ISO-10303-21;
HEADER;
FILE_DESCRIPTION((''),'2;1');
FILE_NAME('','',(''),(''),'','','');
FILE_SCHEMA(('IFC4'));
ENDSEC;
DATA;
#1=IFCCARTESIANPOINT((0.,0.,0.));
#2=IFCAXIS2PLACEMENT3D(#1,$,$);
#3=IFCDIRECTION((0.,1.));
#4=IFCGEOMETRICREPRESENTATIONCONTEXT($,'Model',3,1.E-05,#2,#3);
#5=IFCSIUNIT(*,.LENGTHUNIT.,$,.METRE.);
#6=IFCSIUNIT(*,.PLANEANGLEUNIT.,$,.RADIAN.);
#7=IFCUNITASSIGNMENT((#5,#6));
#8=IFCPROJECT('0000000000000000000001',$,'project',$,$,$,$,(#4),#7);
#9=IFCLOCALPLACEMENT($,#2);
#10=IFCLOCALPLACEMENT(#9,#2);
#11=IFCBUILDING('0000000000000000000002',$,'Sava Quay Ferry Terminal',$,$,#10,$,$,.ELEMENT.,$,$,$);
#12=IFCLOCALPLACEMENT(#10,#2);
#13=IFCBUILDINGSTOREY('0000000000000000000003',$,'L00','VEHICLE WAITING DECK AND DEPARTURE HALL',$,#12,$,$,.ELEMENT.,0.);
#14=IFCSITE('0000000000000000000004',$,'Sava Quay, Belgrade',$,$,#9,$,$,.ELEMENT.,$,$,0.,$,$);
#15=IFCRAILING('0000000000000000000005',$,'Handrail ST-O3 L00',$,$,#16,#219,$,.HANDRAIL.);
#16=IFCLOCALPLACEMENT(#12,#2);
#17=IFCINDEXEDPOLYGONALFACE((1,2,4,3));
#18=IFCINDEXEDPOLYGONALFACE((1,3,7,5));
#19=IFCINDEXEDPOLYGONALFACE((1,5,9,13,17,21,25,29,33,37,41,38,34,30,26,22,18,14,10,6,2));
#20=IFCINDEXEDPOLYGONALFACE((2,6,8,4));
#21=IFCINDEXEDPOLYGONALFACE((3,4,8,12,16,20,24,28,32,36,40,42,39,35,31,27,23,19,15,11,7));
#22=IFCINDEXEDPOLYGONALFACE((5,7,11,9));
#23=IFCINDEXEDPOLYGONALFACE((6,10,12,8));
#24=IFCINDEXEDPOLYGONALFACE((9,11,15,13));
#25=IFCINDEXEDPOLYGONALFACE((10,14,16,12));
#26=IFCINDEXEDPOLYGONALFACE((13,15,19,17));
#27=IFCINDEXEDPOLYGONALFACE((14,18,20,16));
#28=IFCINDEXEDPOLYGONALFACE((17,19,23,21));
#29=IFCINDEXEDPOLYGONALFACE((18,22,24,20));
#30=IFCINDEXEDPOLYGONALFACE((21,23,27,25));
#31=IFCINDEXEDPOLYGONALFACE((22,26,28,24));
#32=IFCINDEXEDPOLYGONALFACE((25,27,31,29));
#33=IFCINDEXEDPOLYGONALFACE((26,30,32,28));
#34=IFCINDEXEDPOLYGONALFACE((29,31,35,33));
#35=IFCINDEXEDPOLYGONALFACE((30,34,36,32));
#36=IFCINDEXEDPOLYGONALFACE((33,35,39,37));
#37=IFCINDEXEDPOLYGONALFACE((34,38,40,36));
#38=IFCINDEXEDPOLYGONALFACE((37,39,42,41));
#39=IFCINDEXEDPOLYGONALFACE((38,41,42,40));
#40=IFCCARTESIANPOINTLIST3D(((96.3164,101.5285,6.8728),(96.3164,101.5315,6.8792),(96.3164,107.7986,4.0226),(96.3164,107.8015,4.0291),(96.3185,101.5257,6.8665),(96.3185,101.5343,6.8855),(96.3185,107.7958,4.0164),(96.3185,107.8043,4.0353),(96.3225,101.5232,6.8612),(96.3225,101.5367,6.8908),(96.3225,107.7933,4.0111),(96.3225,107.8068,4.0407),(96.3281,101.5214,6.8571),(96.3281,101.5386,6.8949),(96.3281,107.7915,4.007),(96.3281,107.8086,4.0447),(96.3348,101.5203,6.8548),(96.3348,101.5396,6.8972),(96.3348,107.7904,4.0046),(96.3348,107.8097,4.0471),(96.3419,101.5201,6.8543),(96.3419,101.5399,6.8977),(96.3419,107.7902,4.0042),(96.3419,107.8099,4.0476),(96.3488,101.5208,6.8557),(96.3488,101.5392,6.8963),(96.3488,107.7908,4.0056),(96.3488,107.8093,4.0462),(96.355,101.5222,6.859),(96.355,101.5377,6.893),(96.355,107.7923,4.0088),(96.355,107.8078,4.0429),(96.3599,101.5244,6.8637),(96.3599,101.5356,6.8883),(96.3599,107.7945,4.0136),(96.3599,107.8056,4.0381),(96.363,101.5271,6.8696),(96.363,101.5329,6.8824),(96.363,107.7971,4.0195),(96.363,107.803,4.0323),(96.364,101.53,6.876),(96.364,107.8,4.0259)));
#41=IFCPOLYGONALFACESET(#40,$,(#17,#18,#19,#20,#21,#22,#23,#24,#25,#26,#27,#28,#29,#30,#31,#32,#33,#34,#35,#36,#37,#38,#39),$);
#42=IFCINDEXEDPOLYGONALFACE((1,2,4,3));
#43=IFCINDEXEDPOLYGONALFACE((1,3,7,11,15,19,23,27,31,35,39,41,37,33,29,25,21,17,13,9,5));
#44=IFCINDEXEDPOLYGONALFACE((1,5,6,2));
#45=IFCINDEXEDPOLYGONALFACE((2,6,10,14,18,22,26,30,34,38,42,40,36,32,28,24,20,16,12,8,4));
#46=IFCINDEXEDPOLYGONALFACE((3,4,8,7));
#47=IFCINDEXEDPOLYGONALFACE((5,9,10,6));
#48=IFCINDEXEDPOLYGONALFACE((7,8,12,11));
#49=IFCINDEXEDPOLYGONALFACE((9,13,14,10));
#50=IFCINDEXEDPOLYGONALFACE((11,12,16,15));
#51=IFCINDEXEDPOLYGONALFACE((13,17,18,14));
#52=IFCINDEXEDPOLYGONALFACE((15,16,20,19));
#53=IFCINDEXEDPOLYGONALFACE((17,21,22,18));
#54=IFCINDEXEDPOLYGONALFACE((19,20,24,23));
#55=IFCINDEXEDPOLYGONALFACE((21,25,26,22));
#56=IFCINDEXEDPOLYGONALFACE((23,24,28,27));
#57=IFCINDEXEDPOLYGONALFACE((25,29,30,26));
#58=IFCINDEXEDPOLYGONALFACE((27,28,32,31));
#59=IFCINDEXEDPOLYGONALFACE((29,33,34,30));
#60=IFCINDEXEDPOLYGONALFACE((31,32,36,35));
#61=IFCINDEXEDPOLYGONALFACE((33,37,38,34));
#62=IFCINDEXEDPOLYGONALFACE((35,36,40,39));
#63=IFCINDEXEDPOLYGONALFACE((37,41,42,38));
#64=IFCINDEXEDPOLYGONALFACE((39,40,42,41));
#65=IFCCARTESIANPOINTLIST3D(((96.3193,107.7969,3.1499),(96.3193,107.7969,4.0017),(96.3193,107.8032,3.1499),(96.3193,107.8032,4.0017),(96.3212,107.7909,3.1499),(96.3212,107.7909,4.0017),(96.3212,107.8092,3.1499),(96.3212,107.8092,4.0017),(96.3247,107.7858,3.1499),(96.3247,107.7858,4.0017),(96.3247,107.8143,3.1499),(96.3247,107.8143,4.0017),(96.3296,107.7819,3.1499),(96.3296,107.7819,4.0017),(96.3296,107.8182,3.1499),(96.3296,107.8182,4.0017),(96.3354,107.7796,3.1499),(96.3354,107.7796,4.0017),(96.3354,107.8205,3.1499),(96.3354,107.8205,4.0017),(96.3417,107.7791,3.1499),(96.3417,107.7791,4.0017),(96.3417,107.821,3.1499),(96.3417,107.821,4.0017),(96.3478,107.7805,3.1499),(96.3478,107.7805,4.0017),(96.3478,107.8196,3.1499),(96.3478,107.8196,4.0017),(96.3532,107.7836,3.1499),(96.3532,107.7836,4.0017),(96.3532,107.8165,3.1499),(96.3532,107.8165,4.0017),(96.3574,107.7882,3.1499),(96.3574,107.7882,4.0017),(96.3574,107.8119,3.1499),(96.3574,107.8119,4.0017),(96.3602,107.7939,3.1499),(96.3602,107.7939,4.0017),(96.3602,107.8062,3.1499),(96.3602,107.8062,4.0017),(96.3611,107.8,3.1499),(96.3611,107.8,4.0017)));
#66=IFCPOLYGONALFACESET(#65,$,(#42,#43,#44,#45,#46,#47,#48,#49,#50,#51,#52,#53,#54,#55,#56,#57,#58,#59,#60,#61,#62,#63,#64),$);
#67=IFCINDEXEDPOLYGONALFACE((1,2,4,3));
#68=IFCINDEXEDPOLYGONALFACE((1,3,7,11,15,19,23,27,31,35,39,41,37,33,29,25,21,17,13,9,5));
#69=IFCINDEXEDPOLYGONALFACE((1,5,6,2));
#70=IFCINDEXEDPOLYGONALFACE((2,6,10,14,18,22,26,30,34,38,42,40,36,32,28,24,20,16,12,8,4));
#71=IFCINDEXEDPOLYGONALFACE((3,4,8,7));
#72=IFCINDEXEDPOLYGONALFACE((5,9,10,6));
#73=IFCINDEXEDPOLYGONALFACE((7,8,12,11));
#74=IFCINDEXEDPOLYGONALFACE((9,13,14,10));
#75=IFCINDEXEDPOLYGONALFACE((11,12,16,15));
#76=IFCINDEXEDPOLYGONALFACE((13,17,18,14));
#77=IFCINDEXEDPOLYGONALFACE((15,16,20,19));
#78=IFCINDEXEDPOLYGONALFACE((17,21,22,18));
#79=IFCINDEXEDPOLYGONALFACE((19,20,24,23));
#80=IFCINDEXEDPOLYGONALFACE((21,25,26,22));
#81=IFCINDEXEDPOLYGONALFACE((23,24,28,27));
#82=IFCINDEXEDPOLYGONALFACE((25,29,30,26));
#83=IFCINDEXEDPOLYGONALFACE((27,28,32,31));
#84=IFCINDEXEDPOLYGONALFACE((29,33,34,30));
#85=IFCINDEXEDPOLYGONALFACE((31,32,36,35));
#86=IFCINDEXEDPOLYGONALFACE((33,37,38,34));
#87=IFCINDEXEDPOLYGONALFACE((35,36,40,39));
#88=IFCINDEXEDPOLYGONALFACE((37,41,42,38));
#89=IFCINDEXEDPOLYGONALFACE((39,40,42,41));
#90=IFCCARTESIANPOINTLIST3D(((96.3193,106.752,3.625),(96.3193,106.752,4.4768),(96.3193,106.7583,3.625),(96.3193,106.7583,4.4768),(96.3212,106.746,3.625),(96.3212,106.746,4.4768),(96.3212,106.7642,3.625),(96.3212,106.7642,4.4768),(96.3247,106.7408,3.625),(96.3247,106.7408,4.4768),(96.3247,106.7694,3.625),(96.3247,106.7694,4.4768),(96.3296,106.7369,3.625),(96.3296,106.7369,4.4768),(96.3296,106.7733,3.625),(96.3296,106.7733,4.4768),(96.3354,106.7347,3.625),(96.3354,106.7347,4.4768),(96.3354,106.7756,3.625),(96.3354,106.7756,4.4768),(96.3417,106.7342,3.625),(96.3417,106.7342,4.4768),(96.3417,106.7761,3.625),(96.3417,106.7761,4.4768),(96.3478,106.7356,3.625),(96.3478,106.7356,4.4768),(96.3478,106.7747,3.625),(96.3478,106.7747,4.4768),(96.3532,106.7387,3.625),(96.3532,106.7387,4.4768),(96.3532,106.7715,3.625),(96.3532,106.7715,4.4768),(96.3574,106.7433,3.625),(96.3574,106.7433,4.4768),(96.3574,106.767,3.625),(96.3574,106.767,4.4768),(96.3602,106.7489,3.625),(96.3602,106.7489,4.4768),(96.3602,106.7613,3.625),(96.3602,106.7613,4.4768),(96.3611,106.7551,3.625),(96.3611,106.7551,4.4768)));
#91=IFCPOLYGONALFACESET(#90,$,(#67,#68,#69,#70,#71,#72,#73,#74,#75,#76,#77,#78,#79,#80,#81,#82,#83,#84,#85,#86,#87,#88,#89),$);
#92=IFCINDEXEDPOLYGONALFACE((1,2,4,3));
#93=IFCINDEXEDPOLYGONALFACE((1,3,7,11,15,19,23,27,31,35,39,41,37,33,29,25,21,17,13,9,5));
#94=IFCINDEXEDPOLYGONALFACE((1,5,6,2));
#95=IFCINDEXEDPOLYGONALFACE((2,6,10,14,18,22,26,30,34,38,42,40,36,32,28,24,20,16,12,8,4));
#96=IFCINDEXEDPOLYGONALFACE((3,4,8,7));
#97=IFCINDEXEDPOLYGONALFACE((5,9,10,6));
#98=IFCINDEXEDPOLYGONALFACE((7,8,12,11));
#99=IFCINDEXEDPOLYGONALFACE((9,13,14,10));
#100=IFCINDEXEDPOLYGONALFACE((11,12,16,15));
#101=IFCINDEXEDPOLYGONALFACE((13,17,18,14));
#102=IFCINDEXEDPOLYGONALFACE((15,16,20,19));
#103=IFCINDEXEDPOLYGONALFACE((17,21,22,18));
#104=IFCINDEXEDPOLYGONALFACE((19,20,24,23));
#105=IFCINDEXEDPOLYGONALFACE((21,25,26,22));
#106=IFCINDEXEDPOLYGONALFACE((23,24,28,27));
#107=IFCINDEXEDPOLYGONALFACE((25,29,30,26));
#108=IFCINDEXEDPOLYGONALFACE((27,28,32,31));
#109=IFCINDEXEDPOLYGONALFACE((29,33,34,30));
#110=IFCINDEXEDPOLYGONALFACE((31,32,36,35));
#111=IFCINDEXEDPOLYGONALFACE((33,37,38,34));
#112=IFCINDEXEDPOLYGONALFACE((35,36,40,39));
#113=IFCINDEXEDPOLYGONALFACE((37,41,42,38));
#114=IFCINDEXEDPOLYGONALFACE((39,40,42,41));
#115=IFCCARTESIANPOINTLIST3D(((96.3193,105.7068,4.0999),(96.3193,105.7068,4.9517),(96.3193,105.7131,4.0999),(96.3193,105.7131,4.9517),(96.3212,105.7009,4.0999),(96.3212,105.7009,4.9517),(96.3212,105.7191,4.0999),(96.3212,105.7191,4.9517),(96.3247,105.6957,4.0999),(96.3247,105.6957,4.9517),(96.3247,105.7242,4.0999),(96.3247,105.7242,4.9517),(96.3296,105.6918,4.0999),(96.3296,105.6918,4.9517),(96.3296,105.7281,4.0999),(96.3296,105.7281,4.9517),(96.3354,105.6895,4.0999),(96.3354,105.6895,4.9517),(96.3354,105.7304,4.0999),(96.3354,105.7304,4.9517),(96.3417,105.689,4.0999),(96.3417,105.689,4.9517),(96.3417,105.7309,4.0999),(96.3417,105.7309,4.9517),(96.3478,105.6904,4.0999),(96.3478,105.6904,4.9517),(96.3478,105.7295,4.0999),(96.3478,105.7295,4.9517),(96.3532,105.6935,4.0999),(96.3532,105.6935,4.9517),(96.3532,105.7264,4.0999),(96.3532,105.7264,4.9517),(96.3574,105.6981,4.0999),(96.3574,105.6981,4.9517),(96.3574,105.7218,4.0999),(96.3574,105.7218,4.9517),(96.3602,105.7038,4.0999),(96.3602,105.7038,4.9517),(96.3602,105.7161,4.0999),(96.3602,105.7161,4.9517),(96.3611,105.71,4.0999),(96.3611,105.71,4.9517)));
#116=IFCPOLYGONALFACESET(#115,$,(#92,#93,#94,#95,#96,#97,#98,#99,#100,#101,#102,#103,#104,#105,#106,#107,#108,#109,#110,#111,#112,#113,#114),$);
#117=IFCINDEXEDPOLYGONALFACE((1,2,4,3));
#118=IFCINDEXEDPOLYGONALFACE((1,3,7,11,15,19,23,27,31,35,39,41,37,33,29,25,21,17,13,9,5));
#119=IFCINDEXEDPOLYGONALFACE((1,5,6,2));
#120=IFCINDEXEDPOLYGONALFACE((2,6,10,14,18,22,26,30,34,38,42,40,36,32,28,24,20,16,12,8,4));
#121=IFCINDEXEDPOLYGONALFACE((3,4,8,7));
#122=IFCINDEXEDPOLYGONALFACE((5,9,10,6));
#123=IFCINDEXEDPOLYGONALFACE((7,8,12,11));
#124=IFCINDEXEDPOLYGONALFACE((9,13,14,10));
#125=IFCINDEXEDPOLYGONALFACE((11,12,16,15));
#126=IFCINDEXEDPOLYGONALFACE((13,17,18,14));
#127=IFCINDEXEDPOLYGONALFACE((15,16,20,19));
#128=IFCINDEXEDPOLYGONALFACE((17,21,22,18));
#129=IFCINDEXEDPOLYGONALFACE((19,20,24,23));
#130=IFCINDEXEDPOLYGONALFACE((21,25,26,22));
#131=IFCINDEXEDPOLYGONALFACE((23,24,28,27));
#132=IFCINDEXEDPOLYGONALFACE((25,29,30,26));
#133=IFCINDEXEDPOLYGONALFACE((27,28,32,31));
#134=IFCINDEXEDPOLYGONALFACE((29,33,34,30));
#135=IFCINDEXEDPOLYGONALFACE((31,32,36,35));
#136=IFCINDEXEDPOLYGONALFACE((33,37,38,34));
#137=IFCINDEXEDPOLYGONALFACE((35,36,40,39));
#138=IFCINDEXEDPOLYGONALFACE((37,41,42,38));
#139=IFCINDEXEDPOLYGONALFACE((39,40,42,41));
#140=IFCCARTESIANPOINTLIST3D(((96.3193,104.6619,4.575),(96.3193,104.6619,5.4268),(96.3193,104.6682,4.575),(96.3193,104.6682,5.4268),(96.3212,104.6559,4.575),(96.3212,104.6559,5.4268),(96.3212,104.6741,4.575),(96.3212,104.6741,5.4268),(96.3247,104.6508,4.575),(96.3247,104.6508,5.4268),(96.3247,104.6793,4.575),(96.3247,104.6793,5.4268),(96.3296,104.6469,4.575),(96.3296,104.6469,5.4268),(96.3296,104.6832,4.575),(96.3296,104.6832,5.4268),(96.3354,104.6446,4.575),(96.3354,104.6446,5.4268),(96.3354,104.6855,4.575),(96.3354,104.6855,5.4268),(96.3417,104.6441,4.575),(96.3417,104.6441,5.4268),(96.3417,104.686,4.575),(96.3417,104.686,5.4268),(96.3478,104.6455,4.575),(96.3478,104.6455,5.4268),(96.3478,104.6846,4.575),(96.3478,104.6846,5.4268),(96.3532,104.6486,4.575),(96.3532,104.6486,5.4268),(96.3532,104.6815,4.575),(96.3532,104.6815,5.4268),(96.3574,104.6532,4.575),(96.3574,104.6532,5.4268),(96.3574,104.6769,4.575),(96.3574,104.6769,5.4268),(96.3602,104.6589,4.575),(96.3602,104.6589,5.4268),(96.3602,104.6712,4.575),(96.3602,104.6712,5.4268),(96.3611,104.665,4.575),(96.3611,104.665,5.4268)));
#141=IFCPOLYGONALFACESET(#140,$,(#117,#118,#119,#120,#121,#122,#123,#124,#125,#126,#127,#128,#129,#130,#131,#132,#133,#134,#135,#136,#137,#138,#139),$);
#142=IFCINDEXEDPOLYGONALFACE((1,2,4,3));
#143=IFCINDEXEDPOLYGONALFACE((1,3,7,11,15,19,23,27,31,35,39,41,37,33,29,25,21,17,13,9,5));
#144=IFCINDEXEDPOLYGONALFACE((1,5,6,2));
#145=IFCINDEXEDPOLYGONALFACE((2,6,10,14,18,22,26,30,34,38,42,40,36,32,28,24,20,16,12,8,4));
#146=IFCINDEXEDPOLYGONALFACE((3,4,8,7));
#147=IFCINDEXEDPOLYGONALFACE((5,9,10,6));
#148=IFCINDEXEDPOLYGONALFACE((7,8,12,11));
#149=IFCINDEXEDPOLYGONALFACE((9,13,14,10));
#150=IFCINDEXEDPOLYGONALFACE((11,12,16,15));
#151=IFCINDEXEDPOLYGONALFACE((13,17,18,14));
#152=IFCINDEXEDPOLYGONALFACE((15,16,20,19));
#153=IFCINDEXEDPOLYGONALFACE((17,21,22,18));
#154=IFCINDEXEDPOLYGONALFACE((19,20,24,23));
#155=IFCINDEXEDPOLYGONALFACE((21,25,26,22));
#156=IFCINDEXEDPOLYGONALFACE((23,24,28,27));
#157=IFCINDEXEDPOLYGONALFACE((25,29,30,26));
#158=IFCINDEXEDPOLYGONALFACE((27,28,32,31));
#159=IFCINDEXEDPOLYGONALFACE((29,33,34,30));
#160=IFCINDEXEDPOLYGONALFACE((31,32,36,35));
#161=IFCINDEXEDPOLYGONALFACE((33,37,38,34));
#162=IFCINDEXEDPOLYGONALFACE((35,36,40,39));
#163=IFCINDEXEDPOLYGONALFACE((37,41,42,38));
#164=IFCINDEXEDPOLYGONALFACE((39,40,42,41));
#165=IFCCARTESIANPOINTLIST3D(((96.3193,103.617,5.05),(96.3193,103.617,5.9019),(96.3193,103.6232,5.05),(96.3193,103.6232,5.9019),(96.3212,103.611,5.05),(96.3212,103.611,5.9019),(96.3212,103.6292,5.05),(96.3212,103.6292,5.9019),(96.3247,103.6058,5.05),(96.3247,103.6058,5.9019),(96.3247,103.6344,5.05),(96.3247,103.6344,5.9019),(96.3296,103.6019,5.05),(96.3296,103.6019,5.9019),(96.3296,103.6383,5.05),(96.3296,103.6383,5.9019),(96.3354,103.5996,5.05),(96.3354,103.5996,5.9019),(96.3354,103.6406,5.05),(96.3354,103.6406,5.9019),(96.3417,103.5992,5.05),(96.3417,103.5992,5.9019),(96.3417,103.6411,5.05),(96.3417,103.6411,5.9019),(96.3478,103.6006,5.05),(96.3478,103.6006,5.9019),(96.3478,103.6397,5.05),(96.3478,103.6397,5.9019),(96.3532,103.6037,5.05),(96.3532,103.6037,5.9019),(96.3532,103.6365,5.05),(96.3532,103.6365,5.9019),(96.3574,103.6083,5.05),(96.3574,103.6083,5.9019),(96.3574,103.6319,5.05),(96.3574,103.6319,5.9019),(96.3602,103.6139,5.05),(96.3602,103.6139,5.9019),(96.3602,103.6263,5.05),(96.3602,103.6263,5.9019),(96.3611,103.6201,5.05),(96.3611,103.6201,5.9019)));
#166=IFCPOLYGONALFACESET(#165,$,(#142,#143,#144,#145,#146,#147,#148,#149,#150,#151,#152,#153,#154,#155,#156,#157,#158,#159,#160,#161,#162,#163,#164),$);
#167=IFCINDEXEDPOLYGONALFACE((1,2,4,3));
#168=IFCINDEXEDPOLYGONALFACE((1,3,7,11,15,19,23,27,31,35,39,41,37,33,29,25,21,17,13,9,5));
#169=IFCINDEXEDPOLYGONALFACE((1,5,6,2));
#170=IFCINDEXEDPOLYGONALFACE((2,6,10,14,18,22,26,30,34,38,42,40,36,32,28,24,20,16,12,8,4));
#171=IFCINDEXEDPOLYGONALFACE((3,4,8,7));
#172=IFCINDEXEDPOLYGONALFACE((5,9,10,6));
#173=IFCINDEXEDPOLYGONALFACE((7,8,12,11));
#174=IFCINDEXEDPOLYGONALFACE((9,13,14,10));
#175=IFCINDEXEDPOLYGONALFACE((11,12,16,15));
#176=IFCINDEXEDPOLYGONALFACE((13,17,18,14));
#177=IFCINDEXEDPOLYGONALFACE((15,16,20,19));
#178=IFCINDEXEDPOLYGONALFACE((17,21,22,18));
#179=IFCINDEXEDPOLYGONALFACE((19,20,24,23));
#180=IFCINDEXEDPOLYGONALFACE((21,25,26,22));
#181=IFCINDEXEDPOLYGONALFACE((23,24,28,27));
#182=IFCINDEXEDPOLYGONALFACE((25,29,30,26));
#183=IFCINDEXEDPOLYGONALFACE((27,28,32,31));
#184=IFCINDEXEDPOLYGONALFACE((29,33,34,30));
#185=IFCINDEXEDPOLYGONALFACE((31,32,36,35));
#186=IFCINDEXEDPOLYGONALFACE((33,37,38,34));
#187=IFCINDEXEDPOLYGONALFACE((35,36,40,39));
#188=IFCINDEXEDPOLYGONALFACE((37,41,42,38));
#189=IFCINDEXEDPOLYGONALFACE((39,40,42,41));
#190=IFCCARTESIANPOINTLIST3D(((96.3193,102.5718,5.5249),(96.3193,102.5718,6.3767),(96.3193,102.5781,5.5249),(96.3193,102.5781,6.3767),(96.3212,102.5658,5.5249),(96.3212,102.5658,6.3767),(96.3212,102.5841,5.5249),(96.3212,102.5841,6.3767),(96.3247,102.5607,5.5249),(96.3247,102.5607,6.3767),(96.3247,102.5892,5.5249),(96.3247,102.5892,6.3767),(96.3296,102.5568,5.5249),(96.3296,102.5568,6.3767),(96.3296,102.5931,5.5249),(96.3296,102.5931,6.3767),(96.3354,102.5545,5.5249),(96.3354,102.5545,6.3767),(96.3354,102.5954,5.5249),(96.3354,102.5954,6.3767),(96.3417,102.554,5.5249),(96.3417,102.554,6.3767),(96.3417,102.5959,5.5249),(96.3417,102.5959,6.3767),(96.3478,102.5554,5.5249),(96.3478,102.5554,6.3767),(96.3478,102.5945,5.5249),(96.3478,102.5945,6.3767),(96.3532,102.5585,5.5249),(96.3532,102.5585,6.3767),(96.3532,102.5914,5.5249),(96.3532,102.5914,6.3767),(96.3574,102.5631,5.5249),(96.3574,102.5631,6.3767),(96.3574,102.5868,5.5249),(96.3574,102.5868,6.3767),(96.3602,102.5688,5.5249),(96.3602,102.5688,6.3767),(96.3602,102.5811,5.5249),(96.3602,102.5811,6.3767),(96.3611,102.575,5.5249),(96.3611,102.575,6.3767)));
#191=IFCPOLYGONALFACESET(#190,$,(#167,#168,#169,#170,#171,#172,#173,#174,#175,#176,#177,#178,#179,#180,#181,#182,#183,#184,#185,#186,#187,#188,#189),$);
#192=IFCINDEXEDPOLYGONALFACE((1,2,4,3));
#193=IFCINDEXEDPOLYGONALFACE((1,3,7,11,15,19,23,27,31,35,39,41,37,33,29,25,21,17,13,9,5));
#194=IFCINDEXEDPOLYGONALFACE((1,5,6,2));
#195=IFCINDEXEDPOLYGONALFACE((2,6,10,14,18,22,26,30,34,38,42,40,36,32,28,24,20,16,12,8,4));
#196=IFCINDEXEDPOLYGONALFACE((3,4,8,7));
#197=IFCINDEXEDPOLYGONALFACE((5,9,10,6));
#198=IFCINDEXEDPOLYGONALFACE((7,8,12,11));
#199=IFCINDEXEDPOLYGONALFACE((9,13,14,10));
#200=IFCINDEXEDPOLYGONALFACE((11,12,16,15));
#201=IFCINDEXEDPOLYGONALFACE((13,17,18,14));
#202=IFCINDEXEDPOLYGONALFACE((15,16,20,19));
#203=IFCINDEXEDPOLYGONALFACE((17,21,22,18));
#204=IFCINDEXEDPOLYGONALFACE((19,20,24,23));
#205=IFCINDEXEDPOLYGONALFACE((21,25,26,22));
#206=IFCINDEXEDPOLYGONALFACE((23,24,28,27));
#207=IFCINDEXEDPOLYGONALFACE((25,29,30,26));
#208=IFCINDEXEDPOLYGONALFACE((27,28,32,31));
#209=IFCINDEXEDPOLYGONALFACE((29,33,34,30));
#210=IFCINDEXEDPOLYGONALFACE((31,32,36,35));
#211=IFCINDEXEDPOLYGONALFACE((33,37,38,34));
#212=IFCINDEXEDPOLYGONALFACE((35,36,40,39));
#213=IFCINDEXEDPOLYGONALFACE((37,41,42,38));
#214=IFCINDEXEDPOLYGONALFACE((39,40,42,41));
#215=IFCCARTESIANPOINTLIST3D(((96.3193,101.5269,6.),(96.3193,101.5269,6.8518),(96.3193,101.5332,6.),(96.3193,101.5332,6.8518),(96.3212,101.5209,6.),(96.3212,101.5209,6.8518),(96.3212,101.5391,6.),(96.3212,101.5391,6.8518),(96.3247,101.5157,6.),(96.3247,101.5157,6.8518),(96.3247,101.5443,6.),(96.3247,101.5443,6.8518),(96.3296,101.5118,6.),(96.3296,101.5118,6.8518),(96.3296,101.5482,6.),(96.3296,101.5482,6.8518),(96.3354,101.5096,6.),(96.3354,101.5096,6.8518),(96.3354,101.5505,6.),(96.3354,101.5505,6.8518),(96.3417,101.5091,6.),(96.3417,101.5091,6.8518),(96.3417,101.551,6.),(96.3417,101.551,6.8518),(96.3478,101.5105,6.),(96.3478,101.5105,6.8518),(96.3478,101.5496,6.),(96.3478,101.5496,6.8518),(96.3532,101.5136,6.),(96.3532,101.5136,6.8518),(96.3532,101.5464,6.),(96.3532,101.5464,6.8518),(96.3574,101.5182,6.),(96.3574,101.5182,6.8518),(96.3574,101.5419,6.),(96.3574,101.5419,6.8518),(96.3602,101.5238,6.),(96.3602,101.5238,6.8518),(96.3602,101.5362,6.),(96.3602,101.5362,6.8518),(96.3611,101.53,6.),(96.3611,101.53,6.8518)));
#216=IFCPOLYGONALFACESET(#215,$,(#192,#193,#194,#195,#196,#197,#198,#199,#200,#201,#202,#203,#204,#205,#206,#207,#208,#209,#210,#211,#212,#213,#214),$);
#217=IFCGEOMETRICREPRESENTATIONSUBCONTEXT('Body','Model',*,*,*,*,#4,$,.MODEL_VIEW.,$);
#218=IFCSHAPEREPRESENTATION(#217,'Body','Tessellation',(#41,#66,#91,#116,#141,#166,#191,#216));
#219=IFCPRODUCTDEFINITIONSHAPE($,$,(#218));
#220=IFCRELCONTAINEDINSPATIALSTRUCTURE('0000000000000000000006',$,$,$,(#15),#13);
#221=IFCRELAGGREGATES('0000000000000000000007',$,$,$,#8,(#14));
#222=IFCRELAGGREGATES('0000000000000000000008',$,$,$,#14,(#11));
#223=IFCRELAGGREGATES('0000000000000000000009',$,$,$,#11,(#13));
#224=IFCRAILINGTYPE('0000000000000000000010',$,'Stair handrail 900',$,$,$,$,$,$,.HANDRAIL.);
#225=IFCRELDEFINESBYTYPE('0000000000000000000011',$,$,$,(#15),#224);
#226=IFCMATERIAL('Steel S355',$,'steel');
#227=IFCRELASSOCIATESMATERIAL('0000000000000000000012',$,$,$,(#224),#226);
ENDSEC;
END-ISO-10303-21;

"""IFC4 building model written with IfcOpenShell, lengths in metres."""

from ifc_helpers import new_model, si_unit, direction, frame, origin, origin_2d, place, context, subcontext, project, spatial, circle, extrude, material, type_object, element, save


model = new_model("IFC4")

# Units and contexts
model_context = context("Model", 3, precision=1e-05, world=origin(), true_north=direction((0.0, 1.0)))
body_context = subcontext(model_context, "Body", "Model", "MODEL_VIEW")
ifc_project = project(units=[si_unit("LENGTHUNIT", "METRE"), si_unit("PLANEANGLEUNIT", "RADIAN")], contexts=[model_context])

# Site, building, storey
site_placement = place(None, origin())
site = spatial("IfcSite", under=ifc_project, at=site_placement, Name="Sava Quay, Belgrade", CompositionType="ELEMENT", RefElevation=0.0)
building_placement = place(site_placement, origin())
building = spatial("IfcBuilding", under=site, at=building_placement, Name="Sava Quay Ferry Terminal", CompositionType="ELEMENT")
storey_placement = place(building_placement, origin())
storey = spatial("IfcBuildingStorey", under=building, at=storey_placement, Name="L00", Description="VEHICLE WAITING DECK AND DEPARTURE HALL", CompositionType="ELEMENT", Elevation=0.0)

# Railing
ifc_material_1 = material(Name="Steel S355", Category="steel")
railing_type_1 = type_object("IfcRailingType", Name="Stair handrail 900", PredefinedType="HANDRAIL", material=ifc_material_1)
railing_1_placement = place(storey_placement, frame((96.3401, 107.8, 3.1499)))
element("IfcRailing", 1, at=railing_1_placement, inside=storey, type_object=railing_type_1, Name="Handrail ST-O3 L00", PredefinedType="HANDRAIL", context=body_context, shape_type="SweptSolid", body=[
    extrude(circle(Radius=0.0239, at=origin_2d()), frame((0.0, 0.0, 0.876), z_axis=(0.0, -0.910362, 0.413814), x_axis=(1.0, 0.0, 0.0)), (0.0, 0.0, 1.0), 6.8875),
    extrude(circle(Radius=0.021, at=origin_2d()), origin(), (0.0, 0.0, 1.0), 0.8518),
    extrude(circle(Radius=0.021, at=origin_2d()), frame((0.0, -1.0449, 0.4751)), (0.0, 0.0, 1.0), 0.8518),
    extrude(circle(Radius=0.021, at=origin_2d()), frame((0.0, -2.0901, 0.95)), (0.0, 0.0, 1.0), 0.8518),
    extrude(circle(Radius=0.021, at=origin_2d()), frame((0.0, -3.135, 1.425)), (0.0, 0.0, 1.0), 0.8518),
    extrude(circle(Radius=0.021, at=origin_2d()), frame((0.0, -4.1799, 1.9001)), (0.0, 0.0, 1.0), 0.8518),
    extrude(circle(Radius=0.021, at=origin_2d()), frame((0.0, -5.2251, 2.375)), (0.0, 0.0, 1.0), 0.8518),
    extrude(circle(Radius=0.021, at=origin_2d()), frame((0.0, -6.27, 2.8501)), (0.0, 0.0, 1.0), 0.8518),
])

save(model, "model.ifc")
